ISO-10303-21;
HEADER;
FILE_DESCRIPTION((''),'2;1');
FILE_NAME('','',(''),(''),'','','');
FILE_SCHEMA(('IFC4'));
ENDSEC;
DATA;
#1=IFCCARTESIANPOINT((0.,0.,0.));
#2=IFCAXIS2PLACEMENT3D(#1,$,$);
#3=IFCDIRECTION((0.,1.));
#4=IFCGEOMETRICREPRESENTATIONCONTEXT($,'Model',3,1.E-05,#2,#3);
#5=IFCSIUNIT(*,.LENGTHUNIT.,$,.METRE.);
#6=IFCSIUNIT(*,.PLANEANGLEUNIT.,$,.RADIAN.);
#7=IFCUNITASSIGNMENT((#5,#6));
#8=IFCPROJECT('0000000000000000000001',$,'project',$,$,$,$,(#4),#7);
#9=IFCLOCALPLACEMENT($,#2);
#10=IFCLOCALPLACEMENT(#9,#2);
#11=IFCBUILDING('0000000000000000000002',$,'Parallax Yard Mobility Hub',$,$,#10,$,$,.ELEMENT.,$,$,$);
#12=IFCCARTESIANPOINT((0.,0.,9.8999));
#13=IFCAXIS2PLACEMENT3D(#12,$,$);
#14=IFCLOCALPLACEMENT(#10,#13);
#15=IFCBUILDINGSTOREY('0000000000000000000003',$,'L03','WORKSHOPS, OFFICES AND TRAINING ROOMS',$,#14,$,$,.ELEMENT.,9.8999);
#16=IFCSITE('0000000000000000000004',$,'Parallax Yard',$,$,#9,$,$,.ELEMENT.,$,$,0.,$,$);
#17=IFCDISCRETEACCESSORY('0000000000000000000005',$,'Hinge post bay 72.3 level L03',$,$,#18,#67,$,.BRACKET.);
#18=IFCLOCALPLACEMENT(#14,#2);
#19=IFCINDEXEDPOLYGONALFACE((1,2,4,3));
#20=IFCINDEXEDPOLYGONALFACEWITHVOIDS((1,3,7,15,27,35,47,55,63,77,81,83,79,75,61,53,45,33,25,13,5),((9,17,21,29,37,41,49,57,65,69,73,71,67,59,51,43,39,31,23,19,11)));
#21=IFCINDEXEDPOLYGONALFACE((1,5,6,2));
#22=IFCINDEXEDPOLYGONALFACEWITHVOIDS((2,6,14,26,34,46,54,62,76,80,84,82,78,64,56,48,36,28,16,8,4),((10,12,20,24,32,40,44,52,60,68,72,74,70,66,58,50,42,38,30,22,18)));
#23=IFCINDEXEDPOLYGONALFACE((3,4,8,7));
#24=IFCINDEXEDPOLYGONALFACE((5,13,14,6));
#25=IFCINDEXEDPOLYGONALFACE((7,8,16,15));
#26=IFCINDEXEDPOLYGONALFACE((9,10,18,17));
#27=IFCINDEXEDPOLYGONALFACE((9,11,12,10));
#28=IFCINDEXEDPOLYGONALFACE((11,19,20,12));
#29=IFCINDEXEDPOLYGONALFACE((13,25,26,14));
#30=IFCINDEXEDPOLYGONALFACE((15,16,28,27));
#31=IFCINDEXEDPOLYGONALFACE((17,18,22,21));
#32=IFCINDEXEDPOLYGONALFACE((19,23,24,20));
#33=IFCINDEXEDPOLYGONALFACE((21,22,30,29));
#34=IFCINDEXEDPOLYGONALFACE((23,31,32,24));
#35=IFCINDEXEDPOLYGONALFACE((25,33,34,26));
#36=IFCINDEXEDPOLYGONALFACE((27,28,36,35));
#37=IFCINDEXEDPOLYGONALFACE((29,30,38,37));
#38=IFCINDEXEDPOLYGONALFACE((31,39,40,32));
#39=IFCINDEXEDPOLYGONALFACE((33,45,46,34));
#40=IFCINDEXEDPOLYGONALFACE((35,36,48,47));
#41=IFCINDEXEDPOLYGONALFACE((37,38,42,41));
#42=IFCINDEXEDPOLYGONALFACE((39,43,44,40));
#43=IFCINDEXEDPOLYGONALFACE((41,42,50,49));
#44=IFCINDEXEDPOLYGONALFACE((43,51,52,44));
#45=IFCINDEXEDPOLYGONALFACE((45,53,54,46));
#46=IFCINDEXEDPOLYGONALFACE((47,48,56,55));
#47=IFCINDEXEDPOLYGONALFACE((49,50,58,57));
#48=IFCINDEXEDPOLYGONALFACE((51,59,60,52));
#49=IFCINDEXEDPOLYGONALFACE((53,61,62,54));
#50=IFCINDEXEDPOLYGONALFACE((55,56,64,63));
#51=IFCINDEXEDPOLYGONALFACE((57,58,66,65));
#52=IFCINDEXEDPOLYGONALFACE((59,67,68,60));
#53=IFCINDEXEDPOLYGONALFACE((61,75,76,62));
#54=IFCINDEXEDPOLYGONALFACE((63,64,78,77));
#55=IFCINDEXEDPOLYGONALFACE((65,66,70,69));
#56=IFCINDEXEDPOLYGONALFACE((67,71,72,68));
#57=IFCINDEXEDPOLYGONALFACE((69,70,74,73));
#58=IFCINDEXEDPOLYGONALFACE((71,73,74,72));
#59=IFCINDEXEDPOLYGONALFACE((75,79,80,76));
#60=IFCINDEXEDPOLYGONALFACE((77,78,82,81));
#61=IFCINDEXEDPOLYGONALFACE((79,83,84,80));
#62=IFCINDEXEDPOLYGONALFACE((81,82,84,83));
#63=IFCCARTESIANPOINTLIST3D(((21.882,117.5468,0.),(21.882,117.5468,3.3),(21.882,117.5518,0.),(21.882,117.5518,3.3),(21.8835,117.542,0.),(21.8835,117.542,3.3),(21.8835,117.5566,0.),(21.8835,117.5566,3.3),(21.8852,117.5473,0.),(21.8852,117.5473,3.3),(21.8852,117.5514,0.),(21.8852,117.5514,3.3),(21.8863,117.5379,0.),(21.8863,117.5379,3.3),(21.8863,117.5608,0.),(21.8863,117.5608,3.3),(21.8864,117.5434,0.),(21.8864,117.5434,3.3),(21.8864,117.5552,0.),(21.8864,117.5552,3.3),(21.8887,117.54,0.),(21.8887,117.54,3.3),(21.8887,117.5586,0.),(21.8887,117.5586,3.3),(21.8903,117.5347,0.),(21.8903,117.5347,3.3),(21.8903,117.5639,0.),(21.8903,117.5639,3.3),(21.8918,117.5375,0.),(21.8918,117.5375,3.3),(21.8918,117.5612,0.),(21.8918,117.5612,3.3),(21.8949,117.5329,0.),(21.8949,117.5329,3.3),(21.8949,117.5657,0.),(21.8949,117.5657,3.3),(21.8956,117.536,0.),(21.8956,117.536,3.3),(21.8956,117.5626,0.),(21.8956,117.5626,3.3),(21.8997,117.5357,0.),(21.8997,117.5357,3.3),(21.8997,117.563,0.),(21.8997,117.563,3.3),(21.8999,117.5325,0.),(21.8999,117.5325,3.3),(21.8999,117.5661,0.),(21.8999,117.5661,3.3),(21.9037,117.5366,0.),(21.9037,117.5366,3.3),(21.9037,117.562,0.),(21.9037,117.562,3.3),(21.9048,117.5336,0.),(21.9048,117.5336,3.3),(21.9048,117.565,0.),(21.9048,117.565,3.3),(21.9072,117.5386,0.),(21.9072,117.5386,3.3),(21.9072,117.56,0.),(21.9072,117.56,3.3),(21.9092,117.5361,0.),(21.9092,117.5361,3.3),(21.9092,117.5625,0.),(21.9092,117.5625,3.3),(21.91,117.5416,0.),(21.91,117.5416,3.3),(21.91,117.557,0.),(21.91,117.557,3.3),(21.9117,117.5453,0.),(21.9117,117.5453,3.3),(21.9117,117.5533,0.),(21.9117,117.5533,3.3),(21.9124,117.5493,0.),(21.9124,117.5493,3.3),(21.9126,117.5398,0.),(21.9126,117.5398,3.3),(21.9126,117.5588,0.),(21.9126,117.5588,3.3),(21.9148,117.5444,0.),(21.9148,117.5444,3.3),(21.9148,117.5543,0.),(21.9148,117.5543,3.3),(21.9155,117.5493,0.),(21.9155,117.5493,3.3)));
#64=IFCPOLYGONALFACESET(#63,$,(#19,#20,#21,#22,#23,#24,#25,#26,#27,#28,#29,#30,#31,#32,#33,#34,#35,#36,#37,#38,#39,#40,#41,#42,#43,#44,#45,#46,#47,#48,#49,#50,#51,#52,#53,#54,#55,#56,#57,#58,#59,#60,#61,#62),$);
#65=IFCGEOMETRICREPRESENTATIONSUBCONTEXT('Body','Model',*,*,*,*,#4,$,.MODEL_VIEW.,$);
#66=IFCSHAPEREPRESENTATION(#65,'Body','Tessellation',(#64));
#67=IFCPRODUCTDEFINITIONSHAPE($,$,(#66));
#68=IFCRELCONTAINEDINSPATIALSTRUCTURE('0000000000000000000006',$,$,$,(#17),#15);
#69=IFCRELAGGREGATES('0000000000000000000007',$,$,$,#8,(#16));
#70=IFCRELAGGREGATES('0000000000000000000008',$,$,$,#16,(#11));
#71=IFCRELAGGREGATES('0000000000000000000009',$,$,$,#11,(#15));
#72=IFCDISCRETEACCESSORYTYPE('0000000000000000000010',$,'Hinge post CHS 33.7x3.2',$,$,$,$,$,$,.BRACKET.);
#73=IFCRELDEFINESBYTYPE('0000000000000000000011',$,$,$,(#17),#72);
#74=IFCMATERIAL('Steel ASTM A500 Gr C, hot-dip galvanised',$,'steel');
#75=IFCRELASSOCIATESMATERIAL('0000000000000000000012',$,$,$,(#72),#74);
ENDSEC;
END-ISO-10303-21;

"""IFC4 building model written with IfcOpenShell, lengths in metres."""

from ifc_helpers import new_model, si_unit, direction, frame, origin, origin_2d, place, context, subcontext, project, spatial, hollow_circle, extrude, material, material_profile, profile_set, type_object, element, save


model = new_model("IFC4")

# Units and contexts
model_context = context("Model", 3, precision=1e-05, world=origin(), true_north=direction((0.0, 1.0)))
body_context = subcontext(model_context, "Body", "Model", "MODEL_VIEW")
ifc_project = project(units=[si_unit("LENGTHUNIT", "METRE"), si_unit("PLANEANGLEUNIT", "RADIAN")], contexts=[model_context])

# Site, building, storey
site_placement = place(None, origin())
site = spatial("IfcSite", under=ifc_project, at=site_placement, Name="Parallax Yard", CompositionType="ELEMENT", RefElevation=0.0)
building_placement = place(site_placement, origin())
building = spatial("IfcBuilding", under=site, at=building_placement, Name="Parallax Yard Mobility Hub", CompositionType="ELEMENT")
storey_placement = place(building_placement, frame((0.0, 0.0, 9.8999)))
storey = spatial("IfcBuildingStorey", under=building, at=storey_placement, Name="L03", Description="WORKSHOPS, OFFICES AND TRAINING ROOMS", CompositionType="ELEMENT", Elevation=9.8999)

# Discrete accessory
ifc_material_1 = material(Name="Steel ASTM A500 Gr C, hot-dip galvanised", Category="steel")
ifc_material_profile_1 = material_profile(ifc_material_1, hollow_circle(Radius=0.0168, WallThickness=0.0032, at=origin_2d()), Name="CHS 33.7x3.2")
ifc_profile_set_1 = profile_set([ifc_material_profile_1], Name="Steel ASTM A500 Gr C, hot-dip galvanised")
discrete_accessory_type_1 = type_object("IfcDiscreteAccessoryType", Name="Hinge post CHS 33.7x3.2", PredefinedType="BRACKET", material=ifc_profile_set_1)
for number, where, z_axis, x_axis, name in (
    (1, (21.8987, 117.5493, 0.0), (0.0, 0.0, 1.0), (1.0, 0.0, 0.0), "Hinge post bay 72.3 level L03"),
):
    element("IfcDiscreteAccessory", number, at=place(storey_placement, frame(where, z_axis=z_axis, x_axis=x_axis)), inside=storey, type_object=discrete_accessory_type_1, Name=name, PredefinedType="BRACKET", context=body_context, shape_type="SweptSolid", body=[
        extrude(hollow_circle(Radius=0.0168, WallThickness=0.0032, at=origin_2d()), origin(), (0.0, 0.0, 1.0), 3.3),
    ])

save(model, "model.ifc")
